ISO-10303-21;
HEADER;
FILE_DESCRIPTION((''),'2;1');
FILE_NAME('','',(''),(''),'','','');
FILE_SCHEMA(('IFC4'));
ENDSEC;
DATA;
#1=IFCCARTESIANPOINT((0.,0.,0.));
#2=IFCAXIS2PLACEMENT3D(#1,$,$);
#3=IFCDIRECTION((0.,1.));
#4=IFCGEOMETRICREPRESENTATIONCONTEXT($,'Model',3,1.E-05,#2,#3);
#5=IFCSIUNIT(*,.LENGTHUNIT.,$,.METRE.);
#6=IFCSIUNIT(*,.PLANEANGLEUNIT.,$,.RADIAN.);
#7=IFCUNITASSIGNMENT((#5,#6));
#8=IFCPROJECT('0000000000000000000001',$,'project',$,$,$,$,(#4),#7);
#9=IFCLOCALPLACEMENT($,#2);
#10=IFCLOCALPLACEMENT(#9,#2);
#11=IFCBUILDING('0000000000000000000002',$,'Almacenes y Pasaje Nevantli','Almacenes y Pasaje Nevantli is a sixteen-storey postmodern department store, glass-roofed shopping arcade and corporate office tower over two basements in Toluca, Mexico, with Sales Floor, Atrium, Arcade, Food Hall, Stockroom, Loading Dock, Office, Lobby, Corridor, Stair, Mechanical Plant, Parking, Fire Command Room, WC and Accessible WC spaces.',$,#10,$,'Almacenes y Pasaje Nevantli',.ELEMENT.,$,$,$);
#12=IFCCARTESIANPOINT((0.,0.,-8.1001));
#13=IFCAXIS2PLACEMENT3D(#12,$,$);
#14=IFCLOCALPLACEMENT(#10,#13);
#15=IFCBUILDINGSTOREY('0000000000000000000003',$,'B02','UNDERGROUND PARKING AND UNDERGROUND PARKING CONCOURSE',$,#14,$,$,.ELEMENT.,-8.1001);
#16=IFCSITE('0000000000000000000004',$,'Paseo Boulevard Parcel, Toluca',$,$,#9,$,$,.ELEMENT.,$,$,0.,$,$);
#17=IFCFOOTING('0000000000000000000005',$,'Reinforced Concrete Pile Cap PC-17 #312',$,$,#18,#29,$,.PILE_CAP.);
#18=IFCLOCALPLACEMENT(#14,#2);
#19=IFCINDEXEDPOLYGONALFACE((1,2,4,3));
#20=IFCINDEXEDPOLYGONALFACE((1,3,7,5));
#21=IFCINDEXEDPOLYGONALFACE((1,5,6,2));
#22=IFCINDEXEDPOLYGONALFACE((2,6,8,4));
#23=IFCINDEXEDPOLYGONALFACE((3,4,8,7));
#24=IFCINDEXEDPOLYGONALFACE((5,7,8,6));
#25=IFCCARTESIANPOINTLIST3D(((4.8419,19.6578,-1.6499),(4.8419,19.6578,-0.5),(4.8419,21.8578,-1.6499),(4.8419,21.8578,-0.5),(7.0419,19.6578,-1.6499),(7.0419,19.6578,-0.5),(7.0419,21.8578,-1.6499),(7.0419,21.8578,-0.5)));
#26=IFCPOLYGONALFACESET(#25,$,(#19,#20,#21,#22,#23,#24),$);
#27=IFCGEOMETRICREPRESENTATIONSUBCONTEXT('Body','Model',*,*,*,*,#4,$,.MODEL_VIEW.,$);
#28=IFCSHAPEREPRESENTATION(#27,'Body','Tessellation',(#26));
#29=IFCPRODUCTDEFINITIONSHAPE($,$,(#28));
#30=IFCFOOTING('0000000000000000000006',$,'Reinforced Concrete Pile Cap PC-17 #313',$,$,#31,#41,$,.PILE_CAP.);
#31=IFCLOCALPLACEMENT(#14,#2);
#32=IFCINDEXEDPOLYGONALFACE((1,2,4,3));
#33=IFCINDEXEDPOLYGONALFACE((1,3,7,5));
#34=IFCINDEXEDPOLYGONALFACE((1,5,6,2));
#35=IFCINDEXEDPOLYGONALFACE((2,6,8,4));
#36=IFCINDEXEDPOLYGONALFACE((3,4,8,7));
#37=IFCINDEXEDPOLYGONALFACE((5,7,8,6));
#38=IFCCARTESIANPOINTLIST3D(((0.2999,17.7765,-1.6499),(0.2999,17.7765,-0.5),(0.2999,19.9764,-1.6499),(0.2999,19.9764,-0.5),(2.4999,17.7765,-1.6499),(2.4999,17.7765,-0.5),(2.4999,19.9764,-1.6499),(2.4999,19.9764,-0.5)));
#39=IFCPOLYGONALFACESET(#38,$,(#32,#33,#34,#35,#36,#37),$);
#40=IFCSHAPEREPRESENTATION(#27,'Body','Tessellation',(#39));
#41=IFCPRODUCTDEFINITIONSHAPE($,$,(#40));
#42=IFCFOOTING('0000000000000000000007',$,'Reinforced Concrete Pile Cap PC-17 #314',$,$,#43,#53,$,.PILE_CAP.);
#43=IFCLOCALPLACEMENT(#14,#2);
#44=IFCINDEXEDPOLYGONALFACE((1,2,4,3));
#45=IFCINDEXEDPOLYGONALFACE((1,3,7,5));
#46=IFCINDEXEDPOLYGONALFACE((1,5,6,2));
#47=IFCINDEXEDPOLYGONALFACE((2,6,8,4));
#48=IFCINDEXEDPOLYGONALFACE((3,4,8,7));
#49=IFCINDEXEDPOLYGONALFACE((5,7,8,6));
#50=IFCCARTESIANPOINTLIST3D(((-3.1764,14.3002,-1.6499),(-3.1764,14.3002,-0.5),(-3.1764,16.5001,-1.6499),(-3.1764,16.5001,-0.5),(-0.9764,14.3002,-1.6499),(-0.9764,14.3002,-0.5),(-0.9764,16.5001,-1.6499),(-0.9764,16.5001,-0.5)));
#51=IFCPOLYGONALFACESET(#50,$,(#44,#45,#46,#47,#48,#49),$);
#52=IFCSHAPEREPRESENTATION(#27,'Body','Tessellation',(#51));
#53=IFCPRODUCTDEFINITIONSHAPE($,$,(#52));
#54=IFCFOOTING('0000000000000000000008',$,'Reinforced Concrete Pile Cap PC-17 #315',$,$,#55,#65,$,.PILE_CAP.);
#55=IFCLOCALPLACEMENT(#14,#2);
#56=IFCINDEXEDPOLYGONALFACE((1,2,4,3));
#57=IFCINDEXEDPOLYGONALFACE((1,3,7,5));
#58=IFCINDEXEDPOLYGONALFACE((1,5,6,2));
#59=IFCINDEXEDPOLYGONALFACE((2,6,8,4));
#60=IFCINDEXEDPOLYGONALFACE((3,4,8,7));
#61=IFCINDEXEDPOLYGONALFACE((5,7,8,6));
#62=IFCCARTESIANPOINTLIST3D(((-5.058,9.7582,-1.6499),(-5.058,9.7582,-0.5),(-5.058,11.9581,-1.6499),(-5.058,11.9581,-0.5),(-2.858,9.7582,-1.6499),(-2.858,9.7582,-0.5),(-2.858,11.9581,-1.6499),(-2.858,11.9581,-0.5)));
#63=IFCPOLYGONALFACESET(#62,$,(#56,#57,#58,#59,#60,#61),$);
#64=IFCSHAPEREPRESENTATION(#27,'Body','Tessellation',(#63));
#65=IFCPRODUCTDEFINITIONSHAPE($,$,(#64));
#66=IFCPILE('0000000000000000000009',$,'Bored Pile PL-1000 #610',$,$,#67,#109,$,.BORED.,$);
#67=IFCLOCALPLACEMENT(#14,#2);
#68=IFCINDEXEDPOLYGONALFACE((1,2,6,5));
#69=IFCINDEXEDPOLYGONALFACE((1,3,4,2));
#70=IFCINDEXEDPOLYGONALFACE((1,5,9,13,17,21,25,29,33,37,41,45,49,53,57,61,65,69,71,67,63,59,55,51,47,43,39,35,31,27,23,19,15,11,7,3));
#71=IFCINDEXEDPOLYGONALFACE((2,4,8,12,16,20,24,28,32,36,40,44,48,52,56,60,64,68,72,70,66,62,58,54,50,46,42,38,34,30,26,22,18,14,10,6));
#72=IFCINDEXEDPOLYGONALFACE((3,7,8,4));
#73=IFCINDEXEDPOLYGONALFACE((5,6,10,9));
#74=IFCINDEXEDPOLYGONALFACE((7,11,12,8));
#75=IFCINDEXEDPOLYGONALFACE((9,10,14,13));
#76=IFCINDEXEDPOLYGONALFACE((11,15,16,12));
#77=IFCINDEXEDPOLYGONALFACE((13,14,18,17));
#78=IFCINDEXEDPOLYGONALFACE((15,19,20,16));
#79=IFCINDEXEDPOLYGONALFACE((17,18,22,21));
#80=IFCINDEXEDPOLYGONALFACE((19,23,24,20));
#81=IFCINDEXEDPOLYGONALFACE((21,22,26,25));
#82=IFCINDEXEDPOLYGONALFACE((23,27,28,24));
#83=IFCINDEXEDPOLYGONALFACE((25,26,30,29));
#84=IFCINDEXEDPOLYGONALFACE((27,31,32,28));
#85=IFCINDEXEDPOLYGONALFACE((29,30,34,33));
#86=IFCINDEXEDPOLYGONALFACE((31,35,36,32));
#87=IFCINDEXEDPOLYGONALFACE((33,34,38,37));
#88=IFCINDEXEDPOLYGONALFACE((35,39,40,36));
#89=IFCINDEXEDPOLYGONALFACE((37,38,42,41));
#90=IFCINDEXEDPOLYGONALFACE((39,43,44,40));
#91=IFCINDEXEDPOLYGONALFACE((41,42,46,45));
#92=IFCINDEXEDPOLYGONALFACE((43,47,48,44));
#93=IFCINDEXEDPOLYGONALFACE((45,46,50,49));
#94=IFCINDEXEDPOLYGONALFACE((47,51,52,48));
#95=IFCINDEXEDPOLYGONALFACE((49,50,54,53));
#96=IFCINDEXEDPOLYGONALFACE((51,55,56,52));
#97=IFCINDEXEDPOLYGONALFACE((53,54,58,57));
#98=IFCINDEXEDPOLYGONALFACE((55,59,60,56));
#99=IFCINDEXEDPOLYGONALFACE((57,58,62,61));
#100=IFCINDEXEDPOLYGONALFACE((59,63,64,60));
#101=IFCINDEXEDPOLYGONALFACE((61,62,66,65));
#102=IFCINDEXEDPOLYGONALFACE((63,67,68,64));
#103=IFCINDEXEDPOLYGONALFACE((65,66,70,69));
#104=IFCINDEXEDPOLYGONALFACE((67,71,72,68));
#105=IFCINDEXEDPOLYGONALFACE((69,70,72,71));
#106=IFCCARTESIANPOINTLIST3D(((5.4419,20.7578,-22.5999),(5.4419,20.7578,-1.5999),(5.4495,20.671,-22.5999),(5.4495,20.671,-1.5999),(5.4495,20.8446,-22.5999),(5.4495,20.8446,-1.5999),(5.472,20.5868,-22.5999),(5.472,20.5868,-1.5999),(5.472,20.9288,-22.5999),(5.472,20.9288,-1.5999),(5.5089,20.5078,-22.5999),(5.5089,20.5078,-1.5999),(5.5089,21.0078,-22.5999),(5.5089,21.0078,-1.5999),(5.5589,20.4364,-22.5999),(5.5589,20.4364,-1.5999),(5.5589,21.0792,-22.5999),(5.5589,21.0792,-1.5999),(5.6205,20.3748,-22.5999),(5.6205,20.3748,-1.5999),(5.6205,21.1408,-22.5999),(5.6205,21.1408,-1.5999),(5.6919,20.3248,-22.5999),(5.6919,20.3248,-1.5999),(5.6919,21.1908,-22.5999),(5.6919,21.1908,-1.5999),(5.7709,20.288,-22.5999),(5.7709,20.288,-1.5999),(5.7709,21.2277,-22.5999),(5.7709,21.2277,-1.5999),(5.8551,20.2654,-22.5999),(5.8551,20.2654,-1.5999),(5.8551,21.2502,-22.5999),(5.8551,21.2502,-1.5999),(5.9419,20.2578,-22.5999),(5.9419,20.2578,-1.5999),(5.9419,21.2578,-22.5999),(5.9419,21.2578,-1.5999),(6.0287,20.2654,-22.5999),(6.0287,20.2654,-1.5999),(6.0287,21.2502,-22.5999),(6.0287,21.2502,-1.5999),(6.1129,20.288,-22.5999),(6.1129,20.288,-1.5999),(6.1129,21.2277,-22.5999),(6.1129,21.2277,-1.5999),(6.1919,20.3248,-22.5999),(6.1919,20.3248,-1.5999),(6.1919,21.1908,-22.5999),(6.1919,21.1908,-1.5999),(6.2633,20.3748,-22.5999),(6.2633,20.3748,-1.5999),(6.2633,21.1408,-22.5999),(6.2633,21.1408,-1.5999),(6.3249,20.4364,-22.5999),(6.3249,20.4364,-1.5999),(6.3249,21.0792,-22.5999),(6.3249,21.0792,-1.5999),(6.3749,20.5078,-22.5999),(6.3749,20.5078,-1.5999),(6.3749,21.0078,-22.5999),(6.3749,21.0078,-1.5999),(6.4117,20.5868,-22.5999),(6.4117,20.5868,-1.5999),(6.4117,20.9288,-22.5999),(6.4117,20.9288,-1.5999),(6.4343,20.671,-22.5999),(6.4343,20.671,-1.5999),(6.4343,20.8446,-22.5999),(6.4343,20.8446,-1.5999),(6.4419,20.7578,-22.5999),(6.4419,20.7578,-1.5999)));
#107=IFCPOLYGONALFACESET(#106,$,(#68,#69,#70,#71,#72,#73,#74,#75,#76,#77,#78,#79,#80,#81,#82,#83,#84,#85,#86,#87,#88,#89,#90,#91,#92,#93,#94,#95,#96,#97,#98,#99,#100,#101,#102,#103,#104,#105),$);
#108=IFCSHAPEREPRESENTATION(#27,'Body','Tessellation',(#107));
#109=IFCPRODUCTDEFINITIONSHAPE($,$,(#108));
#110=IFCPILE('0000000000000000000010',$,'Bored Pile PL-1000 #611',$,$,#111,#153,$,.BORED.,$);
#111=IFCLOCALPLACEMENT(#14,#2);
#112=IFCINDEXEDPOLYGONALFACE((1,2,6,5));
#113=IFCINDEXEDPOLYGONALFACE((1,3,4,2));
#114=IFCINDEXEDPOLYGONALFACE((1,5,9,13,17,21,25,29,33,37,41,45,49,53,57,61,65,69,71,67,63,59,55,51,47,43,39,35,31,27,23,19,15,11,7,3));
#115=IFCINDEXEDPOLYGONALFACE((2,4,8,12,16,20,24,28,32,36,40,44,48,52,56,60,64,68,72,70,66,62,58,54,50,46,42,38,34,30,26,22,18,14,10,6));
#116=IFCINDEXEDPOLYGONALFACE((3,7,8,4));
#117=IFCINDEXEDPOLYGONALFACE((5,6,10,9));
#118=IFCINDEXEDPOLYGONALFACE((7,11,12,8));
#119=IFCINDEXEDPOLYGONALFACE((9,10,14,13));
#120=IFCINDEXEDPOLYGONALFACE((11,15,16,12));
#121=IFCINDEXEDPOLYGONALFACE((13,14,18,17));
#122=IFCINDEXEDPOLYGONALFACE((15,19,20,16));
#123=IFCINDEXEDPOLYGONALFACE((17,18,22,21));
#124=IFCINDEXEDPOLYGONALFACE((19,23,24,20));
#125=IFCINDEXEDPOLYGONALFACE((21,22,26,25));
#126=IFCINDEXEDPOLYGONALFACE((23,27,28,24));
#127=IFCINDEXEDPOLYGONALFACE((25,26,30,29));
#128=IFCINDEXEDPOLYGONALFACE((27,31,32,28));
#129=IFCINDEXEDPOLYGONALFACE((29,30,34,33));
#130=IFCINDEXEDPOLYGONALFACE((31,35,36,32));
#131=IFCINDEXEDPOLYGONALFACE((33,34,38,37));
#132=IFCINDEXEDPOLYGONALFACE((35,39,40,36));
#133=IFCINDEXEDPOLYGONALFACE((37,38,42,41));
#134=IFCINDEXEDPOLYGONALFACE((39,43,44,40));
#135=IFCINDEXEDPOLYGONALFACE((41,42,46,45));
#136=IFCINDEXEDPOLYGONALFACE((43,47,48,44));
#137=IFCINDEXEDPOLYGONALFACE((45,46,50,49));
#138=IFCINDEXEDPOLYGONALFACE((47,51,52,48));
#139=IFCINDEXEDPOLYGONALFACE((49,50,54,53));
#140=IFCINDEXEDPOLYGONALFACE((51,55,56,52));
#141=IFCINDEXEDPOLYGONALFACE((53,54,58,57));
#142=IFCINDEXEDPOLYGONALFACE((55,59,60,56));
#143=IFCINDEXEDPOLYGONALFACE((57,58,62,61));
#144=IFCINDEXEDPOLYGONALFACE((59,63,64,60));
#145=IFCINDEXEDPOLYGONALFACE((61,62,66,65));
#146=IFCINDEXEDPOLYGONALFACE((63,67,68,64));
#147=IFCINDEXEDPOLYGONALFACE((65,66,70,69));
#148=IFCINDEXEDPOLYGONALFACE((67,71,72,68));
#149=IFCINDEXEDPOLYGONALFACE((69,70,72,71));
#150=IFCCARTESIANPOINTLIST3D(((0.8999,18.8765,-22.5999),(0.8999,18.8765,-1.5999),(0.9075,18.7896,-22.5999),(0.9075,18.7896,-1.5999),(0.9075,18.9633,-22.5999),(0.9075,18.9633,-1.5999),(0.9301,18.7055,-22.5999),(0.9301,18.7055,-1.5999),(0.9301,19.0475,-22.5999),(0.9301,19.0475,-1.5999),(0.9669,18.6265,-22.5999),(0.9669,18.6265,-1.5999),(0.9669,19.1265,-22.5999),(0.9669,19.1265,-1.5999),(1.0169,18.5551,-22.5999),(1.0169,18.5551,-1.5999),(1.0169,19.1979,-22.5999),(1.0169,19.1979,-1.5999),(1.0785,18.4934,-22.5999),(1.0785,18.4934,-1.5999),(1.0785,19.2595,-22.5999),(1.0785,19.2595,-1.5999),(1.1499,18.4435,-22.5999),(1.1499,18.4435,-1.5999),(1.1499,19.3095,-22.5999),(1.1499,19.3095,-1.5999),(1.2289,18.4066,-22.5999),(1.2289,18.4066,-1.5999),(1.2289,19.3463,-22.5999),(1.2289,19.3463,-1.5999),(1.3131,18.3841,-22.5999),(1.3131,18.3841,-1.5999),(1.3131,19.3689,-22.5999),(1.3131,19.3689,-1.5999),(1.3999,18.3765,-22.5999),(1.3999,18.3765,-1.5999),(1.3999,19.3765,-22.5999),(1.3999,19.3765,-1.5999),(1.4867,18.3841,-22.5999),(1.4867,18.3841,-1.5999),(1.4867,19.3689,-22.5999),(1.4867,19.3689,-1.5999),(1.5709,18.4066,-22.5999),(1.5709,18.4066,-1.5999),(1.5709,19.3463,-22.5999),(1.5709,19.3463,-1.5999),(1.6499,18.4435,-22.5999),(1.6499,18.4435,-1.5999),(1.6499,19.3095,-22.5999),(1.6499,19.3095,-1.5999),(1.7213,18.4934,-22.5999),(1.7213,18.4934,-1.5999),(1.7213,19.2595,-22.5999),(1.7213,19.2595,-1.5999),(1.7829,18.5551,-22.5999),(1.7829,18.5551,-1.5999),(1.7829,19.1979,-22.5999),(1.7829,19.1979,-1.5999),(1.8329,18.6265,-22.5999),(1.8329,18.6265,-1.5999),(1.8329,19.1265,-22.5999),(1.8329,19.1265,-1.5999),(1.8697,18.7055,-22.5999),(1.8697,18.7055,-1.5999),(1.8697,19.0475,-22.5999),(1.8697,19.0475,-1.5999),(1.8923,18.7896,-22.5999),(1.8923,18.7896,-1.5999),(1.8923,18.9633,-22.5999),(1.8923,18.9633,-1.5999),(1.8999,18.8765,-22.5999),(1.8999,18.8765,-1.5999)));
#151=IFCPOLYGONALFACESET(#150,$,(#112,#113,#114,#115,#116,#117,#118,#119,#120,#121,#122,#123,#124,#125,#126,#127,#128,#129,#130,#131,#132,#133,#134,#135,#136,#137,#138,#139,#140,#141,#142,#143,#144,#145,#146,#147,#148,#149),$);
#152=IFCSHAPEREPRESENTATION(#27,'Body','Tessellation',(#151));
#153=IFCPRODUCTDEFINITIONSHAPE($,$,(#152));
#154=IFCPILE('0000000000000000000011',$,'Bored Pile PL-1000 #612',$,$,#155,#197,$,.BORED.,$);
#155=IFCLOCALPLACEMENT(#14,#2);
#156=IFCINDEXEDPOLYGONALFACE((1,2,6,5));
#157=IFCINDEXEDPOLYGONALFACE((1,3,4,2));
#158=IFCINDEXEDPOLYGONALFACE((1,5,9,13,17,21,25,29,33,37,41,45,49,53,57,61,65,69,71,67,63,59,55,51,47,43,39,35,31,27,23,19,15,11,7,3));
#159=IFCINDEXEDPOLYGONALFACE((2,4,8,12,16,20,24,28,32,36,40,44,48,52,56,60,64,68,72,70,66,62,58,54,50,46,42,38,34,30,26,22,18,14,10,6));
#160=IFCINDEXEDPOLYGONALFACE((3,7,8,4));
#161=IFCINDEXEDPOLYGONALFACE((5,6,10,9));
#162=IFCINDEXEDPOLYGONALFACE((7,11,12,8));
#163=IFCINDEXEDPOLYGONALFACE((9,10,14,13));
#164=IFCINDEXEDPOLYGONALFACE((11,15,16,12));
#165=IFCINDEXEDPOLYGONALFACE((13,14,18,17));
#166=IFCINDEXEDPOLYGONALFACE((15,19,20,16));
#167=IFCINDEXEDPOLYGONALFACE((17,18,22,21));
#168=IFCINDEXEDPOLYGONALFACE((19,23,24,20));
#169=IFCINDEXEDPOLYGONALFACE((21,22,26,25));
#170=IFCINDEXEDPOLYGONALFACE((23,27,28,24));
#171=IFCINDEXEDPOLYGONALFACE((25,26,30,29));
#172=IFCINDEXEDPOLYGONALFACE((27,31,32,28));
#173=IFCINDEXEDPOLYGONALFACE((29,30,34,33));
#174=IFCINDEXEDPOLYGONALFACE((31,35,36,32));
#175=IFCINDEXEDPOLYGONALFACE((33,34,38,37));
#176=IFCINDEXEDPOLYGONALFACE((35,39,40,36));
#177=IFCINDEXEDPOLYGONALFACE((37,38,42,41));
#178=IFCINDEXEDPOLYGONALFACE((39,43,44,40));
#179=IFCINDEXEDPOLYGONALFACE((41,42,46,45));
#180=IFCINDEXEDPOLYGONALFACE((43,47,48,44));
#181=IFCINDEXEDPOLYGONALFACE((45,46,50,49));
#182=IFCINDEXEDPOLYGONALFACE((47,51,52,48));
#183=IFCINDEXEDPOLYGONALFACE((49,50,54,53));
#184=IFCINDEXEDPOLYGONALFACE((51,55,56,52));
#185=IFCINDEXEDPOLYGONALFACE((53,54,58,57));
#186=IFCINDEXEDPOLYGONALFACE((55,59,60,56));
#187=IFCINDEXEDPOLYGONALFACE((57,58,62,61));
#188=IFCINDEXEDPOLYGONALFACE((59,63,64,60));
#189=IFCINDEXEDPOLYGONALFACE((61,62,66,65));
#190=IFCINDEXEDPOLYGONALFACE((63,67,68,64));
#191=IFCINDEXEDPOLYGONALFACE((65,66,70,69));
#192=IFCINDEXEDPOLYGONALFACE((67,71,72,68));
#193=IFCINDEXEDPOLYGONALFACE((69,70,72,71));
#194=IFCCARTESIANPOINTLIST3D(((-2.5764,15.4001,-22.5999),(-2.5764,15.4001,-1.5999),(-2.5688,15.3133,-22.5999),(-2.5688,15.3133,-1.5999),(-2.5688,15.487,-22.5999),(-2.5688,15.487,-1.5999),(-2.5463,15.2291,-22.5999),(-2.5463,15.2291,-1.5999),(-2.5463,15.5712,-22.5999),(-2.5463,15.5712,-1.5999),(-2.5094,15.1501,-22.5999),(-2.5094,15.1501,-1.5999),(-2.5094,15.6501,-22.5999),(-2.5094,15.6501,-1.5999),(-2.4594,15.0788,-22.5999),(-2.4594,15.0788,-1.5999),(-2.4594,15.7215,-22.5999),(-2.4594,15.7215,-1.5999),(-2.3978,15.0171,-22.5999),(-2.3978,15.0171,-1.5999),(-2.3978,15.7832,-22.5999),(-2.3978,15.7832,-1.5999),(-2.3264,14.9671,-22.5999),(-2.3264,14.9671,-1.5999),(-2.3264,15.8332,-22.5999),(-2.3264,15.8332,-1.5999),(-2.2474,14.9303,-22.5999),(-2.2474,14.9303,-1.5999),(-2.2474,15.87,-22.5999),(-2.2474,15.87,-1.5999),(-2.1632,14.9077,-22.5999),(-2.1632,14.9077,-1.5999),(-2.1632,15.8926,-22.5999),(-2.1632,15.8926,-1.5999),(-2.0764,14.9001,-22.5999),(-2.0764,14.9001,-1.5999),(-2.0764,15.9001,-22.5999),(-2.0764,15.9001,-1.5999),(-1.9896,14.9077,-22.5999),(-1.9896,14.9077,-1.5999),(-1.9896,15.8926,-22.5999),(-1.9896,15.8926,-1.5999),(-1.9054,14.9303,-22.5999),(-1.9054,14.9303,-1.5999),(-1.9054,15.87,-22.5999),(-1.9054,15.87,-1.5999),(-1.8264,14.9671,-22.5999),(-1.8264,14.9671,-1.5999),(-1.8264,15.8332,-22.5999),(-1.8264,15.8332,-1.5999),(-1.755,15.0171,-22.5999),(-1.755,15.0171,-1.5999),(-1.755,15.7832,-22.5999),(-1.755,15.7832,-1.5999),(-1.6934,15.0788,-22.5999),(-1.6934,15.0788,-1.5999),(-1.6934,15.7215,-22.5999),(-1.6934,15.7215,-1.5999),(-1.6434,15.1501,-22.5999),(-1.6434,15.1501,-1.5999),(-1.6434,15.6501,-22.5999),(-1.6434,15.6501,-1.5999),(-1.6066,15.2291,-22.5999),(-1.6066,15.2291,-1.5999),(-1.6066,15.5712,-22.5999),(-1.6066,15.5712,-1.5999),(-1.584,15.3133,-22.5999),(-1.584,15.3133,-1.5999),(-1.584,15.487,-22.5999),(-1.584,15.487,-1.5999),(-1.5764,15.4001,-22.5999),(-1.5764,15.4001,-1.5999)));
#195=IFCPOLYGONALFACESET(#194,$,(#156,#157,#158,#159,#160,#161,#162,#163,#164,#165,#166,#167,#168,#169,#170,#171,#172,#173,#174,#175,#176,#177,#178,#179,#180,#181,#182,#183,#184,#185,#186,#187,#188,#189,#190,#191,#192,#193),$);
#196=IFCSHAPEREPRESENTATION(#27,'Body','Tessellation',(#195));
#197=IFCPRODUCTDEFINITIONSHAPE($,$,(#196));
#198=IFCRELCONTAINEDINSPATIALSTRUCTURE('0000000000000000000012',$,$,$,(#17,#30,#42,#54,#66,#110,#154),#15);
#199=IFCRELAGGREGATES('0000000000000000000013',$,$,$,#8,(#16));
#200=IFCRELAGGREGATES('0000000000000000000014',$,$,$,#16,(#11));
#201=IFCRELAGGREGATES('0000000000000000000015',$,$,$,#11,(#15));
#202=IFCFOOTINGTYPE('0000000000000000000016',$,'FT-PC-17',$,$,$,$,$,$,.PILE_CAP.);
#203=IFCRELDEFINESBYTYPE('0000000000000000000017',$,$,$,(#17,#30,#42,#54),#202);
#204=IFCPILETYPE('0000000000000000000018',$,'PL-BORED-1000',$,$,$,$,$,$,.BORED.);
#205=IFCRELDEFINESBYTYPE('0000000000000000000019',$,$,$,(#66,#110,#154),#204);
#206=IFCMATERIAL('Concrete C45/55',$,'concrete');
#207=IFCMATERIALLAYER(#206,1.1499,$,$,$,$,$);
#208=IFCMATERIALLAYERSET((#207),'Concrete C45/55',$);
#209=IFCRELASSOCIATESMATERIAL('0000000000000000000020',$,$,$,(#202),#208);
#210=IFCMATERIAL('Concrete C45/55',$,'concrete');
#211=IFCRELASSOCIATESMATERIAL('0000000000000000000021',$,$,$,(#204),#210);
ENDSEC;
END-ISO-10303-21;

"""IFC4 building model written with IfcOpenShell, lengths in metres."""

from ifc_helpers import new_model, si_unit, direction, frame, origin, origin_2d, place, context, subcontext, project, spatial, rectangle, circle, extrude, material, layer, layer_set, material_profile, profile_set, type_object, element, save


model = new_model("IFC4")

# Units and contexts
model_context = context("Model", 3, precision=1e-05, world=origin(), true_north=direction((0.0, 1.0)))
body_context = subcontext(model_context, "Body", "Model", "MODEL_VIEW")
ifc_project = project(units=[si_unit("LENGTHUNIT", "METRE"), si_unit("PLANEANGLEUNIT", "RADIAN")], contexts=[model_context])

# Site, building, storey
site_placement = place(None, origin())
site = spatial("IfcSite", under=ifc_project, at=site_placement, Name="Paseo Boulevard Parcel, Toluca", CompositionType="ELEMENT", RefElevation=0.0)
building_placement = place(site_placement, origin())
building = spatial("IfcBuilding", under=site, at=building_placement, Name="Almacenes y Pasaje Nevantli", Description="Almacenes y Pasaje Nevantli is a sixteen-storey postmodern department store, glass-roofed shopping arcade and corporate office tower over two basements in Toluca, Mexico, with Sales Floor, Atrium, Arcade, Food Hall, Stockroom, Loading Dock, Office, Lobby, Corridor, Stair, Mechanical Plant, Parking, Fire Command Room, WC and Accessible WC spaces.", LongName="Almacenes y Pasaje Nevantli", CompositionType="ELEMENT")
storey_placement = place(building_placement, frame((0.0, 0.0, -8.1001)))
storey = spatial("IfcBuildingStorey", under=building, at=storey_placement, Name="B02", Description="UNDERGROUND PARKING AND UNDERGROUND PARKING CONCOURSE", CompositionType="ELEMENT", Elevation=-8.1001)

# Footings
ifc_material_1 = material(Name="Concrete C45/55", Category="concrete")
ifc_layer_1 = layer(ifc_material_1, 1.1499)
ifc_layer_set_1 = layer_set([ifc_layer_1], Name="Concrete C45/55")
footing_type = type_object("IfcFootingType", Name="FT-PC-17", PredefinedType="PILE_CAP", material=ifc_layer_set_1)
for number, where, z_axis, x_axis, name in (
    (1, (5.9419, 20.7578, -1.6499), (0.0, 0.0, 1.0), (1.0, 0.0, 0.0), "Reinforced Concrete Pile Cap PC-17 #312"),
    (2, (1.3999, 18.8765, -1.6499), (0.0, 0.0, 1.0), (1.0, 0.0, 0.0), "Reinforced Concrete Pile Cap PC-17 #313"),
    (3, (-2.0764, 15.4001, -1.6499), (0.0, 0.0, 1.0), (1.0, 0.0, 0.0), "Reinforced Concrete Pile Cap PC-17 #314"),
    (4, (-3.958, 10.8582, -1.6499), (0.0, 0.0, 1.0), (1.0, 0.0, 0.0), "Reinforced Concrete Pile Cap PC-17 #315"),
):
    element("IfcFooting", number, at=place(storey_placement, frame(where, z_axis=z_axis, x_axis=x_axis)), inside=storey, type_object=footing_type, Name=name, PredefinedType="PILE_CAP", context=body_context, shape_type="SweptSolid", body=[
        extrude(rectangle(XDim=2.2, YDim=2.2, at=origin_2d()), origin(), (0.0, 0.0, 1.0), 1.1499),
    ])

# Piles
ifc_material_2 = material(Name="Concrete C45/55", Category="concrete")
ifc_material_profile_1 = material_profile(ifc_material_2, circle(Radius=0.5, at=origin_2d()), Name="RC-PILE-D1000")
ifc_profile_set_1 = profile_set([ifc_material_profile_1], Name="Concrete C45/55")
pile_type_1 = type_object("IfcPileType", Name="PL-BORED-1000", PredefinedType="BORED", material=ifc_profile_set_1)
for number, where, z_axis, x_axis, name in (
    (5, (5.9419, 20.7578, -1.5999), (0.0, 0.0, -1.0), (1.0, 0.0, 0.0), "Bored Pile PL-1000 #610"),
    (6, (1.3999, 18.8765, -1.5999), (0.0, 0.0, -1.0), (1.0, 0.0, 0.0), "Bored Pile PL-1000 #611"),
    (7, (-2.0764, 15.4001, -1.5999), (0.0, 0.0, -1.0), (1.0, 0.0, 0.0), "Bored Pile PL-1000 #612"),
):
    element("IfcPile", number, at=place(storey_placement, frame(where, z_axis=z_axis, x_axis=x_axis)), inside=storey, type_object=pile_type_1, Name=name, PredefinedType="BORED", context=body_context, shape_type="SweptSolid", body=[
        extrude(circle(Radius=0.5, at=origin_2d()), origin(), (0.0, 0.0, 1.0), 21.0),
    ])

save(model, "model.ifc")
